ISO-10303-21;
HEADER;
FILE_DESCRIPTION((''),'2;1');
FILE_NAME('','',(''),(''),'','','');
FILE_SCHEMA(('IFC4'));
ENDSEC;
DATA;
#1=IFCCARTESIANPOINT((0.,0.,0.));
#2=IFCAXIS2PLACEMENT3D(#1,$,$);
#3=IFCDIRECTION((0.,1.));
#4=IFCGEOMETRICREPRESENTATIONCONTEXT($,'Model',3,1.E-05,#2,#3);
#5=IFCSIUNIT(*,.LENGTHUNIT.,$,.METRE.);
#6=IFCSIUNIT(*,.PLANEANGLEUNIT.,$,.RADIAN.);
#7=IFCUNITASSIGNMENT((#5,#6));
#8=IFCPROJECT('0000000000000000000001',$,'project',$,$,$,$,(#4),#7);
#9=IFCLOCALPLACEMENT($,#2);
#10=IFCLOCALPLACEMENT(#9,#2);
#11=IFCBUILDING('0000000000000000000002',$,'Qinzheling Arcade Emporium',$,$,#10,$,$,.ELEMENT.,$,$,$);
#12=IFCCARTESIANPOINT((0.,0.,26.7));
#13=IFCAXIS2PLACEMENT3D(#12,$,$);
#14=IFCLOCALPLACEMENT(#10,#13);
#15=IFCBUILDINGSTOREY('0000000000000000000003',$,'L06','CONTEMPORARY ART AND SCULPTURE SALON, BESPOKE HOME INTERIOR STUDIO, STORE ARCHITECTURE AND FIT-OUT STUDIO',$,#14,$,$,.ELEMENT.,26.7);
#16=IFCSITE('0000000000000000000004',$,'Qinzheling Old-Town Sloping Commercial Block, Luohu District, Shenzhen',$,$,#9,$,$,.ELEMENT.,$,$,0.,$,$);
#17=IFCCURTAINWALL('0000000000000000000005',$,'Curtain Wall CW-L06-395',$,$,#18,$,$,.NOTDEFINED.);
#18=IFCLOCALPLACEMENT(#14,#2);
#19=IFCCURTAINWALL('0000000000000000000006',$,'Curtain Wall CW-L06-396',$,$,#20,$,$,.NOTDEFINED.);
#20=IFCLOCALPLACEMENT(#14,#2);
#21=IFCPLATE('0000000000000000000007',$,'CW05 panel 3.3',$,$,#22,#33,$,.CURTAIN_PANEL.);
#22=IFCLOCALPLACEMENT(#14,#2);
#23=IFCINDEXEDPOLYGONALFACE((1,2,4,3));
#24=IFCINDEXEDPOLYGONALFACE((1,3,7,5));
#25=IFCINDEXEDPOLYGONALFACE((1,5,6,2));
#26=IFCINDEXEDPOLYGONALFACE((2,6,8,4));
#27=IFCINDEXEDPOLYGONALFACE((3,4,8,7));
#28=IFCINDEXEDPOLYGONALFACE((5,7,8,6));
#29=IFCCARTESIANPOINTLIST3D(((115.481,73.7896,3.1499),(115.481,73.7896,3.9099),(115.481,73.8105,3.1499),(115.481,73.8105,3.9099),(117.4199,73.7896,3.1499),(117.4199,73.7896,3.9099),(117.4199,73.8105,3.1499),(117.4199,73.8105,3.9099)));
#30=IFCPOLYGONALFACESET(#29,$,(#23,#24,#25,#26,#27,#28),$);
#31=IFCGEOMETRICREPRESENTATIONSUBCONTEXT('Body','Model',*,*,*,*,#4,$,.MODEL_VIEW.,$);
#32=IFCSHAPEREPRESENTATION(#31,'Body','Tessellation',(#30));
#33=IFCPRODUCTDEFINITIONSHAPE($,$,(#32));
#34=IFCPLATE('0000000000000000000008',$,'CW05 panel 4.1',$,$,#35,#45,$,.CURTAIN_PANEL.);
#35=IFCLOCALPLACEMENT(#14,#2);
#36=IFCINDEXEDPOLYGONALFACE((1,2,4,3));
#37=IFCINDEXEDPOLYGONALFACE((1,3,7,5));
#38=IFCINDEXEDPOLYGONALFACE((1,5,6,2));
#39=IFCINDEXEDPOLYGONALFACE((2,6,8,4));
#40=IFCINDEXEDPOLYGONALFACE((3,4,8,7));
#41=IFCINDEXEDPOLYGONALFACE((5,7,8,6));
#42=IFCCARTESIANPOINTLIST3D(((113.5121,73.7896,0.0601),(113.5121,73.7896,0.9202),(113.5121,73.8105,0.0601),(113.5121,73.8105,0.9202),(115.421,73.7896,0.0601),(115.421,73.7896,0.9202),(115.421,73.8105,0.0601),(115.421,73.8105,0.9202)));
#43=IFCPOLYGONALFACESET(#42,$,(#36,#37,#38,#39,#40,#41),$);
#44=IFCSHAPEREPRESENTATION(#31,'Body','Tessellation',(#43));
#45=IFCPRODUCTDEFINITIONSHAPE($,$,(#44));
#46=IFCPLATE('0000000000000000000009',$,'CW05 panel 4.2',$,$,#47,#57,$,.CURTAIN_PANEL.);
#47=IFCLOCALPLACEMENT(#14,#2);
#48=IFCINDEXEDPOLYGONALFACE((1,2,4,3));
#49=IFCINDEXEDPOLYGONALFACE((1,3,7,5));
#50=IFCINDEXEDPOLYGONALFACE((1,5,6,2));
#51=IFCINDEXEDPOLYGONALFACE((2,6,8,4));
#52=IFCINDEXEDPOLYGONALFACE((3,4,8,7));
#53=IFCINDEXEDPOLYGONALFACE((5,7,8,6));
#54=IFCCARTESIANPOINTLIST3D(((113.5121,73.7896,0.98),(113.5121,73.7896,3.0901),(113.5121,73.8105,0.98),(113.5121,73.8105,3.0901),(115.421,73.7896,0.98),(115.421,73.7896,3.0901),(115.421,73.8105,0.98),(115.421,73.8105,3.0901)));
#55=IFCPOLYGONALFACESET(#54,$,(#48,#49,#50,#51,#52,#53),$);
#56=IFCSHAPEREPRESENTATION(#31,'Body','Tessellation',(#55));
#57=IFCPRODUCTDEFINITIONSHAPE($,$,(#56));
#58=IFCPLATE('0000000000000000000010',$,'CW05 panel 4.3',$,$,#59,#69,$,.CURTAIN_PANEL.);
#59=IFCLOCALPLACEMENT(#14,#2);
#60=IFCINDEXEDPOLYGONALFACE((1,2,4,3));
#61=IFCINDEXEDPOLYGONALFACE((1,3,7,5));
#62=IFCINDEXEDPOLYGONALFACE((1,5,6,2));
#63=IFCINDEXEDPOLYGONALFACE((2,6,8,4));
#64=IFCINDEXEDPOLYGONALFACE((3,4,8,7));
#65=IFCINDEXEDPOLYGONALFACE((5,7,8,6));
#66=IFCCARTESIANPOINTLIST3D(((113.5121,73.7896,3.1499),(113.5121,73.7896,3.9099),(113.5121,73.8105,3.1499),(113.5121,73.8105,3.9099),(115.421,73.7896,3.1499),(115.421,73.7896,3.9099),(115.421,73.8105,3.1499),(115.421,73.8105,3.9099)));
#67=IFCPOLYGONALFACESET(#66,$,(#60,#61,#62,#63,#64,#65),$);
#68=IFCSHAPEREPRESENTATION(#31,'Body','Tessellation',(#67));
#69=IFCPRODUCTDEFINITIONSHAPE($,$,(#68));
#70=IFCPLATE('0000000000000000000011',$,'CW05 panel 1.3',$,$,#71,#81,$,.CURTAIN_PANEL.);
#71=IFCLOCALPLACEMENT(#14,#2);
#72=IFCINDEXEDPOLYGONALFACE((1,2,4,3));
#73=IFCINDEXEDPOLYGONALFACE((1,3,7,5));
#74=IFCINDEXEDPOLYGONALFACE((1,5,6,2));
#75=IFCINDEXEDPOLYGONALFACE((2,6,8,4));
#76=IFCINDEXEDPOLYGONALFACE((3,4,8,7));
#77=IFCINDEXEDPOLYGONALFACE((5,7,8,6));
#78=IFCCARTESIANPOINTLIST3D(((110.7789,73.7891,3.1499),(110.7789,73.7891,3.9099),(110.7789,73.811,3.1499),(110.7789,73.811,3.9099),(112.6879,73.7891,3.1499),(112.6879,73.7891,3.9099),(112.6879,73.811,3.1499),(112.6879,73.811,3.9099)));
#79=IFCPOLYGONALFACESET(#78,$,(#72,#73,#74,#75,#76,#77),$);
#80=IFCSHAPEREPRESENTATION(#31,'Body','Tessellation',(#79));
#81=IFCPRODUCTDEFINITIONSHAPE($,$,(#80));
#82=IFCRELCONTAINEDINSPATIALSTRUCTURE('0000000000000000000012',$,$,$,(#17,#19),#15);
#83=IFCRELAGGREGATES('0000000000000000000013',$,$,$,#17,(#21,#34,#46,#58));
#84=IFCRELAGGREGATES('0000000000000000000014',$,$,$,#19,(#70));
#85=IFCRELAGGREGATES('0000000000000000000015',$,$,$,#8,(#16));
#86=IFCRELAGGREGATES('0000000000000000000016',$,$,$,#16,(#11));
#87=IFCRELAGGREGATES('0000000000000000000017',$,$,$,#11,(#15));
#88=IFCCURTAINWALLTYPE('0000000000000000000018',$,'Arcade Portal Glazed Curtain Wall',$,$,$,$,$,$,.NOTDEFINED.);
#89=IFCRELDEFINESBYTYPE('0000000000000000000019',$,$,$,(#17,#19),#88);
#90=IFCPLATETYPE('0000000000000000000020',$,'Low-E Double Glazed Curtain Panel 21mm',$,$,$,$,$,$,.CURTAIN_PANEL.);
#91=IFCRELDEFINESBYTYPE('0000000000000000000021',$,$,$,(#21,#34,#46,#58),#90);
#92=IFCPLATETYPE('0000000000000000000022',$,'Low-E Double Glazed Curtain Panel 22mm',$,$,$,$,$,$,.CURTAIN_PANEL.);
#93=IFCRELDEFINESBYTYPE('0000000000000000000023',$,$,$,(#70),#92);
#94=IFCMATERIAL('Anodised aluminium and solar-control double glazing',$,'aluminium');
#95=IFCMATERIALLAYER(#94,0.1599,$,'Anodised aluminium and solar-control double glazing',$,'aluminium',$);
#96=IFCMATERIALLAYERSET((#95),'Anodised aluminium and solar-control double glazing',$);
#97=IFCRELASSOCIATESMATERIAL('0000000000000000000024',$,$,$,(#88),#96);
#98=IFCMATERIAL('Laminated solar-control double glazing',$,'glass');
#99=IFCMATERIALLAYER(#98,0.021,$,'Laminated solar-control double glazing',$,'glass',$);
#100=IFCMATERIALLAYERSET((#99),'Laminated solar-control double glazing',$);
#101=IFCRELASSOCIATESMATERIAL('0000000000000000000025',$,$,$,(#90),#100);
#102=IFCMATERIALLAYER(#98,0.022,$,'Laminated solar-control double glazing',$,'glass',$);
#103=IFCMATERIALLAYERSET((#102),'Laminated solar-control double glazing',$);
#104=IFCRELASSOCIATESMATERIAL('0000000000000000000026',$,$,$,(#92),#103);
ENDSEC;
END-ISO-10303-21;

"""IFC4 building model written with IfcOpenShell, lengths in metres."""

from ifc_helpers import new_model, si_unit, direction, frame, origin, origin_2d, place, context, subcontext, project, spatial, rectangle, extrude, material, layer, layer_set, type_object, element, aggregate, save


model = new_model("IFC4")

# Units and contexts
model_context = context("Model", 3, precision=1e-05, world=origin(), true_north=direction((0.0, 1.0)))
body_context = subcontext(model_context, "Body", "Model", "MODEL_VIEW")
ifc_project = project(units=[si_unit("LENGTHUNIT", "METRE"), si_unit("PLANEANGLEUNIT", "RADIAN")], contexts=[model_context])

# Site, building, storey
site_placement = place(None, origin())
site = spatial("IfcSite", under=ifc_project, at=site_placement, Name="Qinzheling Old-Town Sloping Commercial Block, Luohu District, Shenzhen", CompositionType="ELEMENT", RefElevation=0.0)
building_placement = place(site_placement, origin())
building = spatial("IfcBuilding", under=site, at=building_placement, Name="Qinzheling Arcade Emporium", CompositionType="ELEMENT")
storey_placement = place(building_placement, frame((0.0, 0.0, 26.7)))
storey = spatial("IfcBuildingStorey", under=building, at=storey_placement, Name="L06", Description="CONTEMPORARY ART AND SCULPTURE SALON, BESPOKE HOME INTERIOR STUDIO, STORE ARCHITECTURE AND FIT-OUT STUDIO", CompositionType="ELEMENT", Elevation=26.7)

# Curtain wall
ifc_material_1 = material(Name="Anodised aluminium and solar-control double glazing", Category="aluminium")
ifc_layer_1 = layer(ifc_material_1, 0.1599, Name="Anodised aluminium and solar-control double glazing", Category="aluminium")
ifc_layer_set_1 = layer_set([ifc_layer_1], Name="Anodised aluminium and solar-control double glazing")
curtain_wall_type = type_object("IfcCurtainWallType", Name="Arcade Portal Glazed Curtain Wall", PredefinedType="NOTDEFINED", material=ifc_layer_set_1)
curtain_wall_1_placement = place(storey_placement, origin())
curtain_wall_1 = element("IfcCurtainWall", 1, at=curtain_wall_1_placement, inside=storey, type_object=curtain_wall_type, Name="Curtain Wall CW-L06-395", PredefinedType="NOTDEFINED")

# Curtain wall
curtain_wall_2_placement = place(storey_placement, origin())
curtain_wall_2 = element("IfcCurtainWall", 2, at=curtain_wall_2_placement, inside=storey, type_object=curtain_wall_type, Name="Curtain Wall CW-L06-396", PredefinedType="NOTDEFINED")

# Plates
ifc_material_2 = material(Name="Laminated solar-control double glazing", Category="glass")
ifc_layer_2 = layer(ifc_material_2, 0.021, Name="Laminated solar-control double glazing", Category="glass")
ifc_layer_set_2 = layer_set([ifc_layer_2], Name="Laminated solar-control double glazing")
plate_type_1 = type_object("IfcPlateType", Name="Low-E Double Glazed Curtain Panel 21mm", PredefinedType="CURTAIN_PANEL", material=ifc_layer_set_2)
plate_1_placement = place(storey_placement, frame((116.4504, 73.8, 3.1499), z_axis=(0.0, 0.0, 1.0), x_axis=(-1.0, 0.0, 0.0)))
plate_1 = element("IfcPlate", 3, at=plate_1_placement, type_object=plate_type_1, Name="CW05 panel 3.3", PredefinedType="CURTAIN_PANEL", context=body_context, shape_type="SweptSolid", body=[
    extrude(rectangle(XDim=1.939, YDim=0.021, at=origin_2d()), origin(), (0.0, 0.0, 1.0), 0.76),
])
plate_2_placement = place(storey_placement, frame((114.4666, 73.8, 0.0601), z_axis=(0.0, 0.0, 1.0), x_axis=(-1.0, 0.0, 0.0)))
plate_2 = element("IfcPlate", 4, at=plate_2_placement, type_object=plate_type_1, Name="CW05 panel 4.1", PredefinedType="CURTAIN_PANEL", context=body_context, shape_type="SweptSolid", body=[
    extrude(rectangle(XDim=1.9089, YDim=0.021, at=origin_2d()), origin(), (0.0, 0.0, 1.0), 0.8601),
])
plate_3_placement = place(storey_placement, frame((114.4666, 73.8, 0.98), z_axis=(0.0, 0.0, 1.0), x_axis=(-1.0, 0.0, 0.0)))
plate_3 = element("IfcPlate", 5, at=plate_3_placement, type_object=plate_type_1, Name="CW05 panel 4.2", PredefinedType="CURTAIN_PANEL", context=body_context, shape_type="SweptSolid", body=[
    extrude(rectangle(XDim=1.9089, YDim=0.021, at=origin_2d()), origin(), (0.0, 0.0, 1.0), 2.1101),
])
plate_4_placement = place(storey_placement, frame((114.4666, 73.8, 3.1499), z_axis=(0.0, 0.0, 1.0), x_axis=(-1.0, 0.0, 0.0)))
plate_4 = element("IfcPlate", 6, at=plate_4_placement, type_object=plate_type_1, Name="CW05 panel 4.3", PredefinedType="CURTAIN_PANEL", context=body_context, shape_type="SweptSolid", body=[
    extrude(rectangle(XDim=1.9089, YDim=0.021, at=origin_2d()), origin(), (0.0, 0.0, 1.0), 0.76),
])
aggregate(curtain_wall_1, [plate_1, plate_2, plate_3, plate_4])
ifc_layer_3 = layer(ifc_material_2, 0.022, Name="Laminated solar-control double glazing", Category="glass")
ifc_layer_set_3 = layer_set([ifc_layer_3], Name="Laminated solar-control double glazing")
plate_type_2 = type_object("IfcPlateType", Name="Low-E Double Glazed Curtain Panel 22mm", PredefinedType="CURTAIN_PANEL", material=ifc_layer_set_3)
plate_5_placement = place(storey_placement, frame((111.7334, 73.8, 3.1499), z_axis=(0.0, 0.0, 1.0), x_axis=(-1.0, 0.0, 0.0)))
plate_5 = element("IfcPlate", 7, at=plate_5_placement, type_object=plate_type_2, Name="CW05 panel 1.3", PredefinedType="CURTAIN_PANEL", context=body_context, shape_type="SweptSolid", body=[
    extrude(rectangle(XDim=1.9089, YDim=0.022, at=origin_2d()), origin(), (0.0, 0.0, 1.0), 0.76),
])
aggregate(curtain_wall_2, [plate_5])

save(model, "model.ifc")
